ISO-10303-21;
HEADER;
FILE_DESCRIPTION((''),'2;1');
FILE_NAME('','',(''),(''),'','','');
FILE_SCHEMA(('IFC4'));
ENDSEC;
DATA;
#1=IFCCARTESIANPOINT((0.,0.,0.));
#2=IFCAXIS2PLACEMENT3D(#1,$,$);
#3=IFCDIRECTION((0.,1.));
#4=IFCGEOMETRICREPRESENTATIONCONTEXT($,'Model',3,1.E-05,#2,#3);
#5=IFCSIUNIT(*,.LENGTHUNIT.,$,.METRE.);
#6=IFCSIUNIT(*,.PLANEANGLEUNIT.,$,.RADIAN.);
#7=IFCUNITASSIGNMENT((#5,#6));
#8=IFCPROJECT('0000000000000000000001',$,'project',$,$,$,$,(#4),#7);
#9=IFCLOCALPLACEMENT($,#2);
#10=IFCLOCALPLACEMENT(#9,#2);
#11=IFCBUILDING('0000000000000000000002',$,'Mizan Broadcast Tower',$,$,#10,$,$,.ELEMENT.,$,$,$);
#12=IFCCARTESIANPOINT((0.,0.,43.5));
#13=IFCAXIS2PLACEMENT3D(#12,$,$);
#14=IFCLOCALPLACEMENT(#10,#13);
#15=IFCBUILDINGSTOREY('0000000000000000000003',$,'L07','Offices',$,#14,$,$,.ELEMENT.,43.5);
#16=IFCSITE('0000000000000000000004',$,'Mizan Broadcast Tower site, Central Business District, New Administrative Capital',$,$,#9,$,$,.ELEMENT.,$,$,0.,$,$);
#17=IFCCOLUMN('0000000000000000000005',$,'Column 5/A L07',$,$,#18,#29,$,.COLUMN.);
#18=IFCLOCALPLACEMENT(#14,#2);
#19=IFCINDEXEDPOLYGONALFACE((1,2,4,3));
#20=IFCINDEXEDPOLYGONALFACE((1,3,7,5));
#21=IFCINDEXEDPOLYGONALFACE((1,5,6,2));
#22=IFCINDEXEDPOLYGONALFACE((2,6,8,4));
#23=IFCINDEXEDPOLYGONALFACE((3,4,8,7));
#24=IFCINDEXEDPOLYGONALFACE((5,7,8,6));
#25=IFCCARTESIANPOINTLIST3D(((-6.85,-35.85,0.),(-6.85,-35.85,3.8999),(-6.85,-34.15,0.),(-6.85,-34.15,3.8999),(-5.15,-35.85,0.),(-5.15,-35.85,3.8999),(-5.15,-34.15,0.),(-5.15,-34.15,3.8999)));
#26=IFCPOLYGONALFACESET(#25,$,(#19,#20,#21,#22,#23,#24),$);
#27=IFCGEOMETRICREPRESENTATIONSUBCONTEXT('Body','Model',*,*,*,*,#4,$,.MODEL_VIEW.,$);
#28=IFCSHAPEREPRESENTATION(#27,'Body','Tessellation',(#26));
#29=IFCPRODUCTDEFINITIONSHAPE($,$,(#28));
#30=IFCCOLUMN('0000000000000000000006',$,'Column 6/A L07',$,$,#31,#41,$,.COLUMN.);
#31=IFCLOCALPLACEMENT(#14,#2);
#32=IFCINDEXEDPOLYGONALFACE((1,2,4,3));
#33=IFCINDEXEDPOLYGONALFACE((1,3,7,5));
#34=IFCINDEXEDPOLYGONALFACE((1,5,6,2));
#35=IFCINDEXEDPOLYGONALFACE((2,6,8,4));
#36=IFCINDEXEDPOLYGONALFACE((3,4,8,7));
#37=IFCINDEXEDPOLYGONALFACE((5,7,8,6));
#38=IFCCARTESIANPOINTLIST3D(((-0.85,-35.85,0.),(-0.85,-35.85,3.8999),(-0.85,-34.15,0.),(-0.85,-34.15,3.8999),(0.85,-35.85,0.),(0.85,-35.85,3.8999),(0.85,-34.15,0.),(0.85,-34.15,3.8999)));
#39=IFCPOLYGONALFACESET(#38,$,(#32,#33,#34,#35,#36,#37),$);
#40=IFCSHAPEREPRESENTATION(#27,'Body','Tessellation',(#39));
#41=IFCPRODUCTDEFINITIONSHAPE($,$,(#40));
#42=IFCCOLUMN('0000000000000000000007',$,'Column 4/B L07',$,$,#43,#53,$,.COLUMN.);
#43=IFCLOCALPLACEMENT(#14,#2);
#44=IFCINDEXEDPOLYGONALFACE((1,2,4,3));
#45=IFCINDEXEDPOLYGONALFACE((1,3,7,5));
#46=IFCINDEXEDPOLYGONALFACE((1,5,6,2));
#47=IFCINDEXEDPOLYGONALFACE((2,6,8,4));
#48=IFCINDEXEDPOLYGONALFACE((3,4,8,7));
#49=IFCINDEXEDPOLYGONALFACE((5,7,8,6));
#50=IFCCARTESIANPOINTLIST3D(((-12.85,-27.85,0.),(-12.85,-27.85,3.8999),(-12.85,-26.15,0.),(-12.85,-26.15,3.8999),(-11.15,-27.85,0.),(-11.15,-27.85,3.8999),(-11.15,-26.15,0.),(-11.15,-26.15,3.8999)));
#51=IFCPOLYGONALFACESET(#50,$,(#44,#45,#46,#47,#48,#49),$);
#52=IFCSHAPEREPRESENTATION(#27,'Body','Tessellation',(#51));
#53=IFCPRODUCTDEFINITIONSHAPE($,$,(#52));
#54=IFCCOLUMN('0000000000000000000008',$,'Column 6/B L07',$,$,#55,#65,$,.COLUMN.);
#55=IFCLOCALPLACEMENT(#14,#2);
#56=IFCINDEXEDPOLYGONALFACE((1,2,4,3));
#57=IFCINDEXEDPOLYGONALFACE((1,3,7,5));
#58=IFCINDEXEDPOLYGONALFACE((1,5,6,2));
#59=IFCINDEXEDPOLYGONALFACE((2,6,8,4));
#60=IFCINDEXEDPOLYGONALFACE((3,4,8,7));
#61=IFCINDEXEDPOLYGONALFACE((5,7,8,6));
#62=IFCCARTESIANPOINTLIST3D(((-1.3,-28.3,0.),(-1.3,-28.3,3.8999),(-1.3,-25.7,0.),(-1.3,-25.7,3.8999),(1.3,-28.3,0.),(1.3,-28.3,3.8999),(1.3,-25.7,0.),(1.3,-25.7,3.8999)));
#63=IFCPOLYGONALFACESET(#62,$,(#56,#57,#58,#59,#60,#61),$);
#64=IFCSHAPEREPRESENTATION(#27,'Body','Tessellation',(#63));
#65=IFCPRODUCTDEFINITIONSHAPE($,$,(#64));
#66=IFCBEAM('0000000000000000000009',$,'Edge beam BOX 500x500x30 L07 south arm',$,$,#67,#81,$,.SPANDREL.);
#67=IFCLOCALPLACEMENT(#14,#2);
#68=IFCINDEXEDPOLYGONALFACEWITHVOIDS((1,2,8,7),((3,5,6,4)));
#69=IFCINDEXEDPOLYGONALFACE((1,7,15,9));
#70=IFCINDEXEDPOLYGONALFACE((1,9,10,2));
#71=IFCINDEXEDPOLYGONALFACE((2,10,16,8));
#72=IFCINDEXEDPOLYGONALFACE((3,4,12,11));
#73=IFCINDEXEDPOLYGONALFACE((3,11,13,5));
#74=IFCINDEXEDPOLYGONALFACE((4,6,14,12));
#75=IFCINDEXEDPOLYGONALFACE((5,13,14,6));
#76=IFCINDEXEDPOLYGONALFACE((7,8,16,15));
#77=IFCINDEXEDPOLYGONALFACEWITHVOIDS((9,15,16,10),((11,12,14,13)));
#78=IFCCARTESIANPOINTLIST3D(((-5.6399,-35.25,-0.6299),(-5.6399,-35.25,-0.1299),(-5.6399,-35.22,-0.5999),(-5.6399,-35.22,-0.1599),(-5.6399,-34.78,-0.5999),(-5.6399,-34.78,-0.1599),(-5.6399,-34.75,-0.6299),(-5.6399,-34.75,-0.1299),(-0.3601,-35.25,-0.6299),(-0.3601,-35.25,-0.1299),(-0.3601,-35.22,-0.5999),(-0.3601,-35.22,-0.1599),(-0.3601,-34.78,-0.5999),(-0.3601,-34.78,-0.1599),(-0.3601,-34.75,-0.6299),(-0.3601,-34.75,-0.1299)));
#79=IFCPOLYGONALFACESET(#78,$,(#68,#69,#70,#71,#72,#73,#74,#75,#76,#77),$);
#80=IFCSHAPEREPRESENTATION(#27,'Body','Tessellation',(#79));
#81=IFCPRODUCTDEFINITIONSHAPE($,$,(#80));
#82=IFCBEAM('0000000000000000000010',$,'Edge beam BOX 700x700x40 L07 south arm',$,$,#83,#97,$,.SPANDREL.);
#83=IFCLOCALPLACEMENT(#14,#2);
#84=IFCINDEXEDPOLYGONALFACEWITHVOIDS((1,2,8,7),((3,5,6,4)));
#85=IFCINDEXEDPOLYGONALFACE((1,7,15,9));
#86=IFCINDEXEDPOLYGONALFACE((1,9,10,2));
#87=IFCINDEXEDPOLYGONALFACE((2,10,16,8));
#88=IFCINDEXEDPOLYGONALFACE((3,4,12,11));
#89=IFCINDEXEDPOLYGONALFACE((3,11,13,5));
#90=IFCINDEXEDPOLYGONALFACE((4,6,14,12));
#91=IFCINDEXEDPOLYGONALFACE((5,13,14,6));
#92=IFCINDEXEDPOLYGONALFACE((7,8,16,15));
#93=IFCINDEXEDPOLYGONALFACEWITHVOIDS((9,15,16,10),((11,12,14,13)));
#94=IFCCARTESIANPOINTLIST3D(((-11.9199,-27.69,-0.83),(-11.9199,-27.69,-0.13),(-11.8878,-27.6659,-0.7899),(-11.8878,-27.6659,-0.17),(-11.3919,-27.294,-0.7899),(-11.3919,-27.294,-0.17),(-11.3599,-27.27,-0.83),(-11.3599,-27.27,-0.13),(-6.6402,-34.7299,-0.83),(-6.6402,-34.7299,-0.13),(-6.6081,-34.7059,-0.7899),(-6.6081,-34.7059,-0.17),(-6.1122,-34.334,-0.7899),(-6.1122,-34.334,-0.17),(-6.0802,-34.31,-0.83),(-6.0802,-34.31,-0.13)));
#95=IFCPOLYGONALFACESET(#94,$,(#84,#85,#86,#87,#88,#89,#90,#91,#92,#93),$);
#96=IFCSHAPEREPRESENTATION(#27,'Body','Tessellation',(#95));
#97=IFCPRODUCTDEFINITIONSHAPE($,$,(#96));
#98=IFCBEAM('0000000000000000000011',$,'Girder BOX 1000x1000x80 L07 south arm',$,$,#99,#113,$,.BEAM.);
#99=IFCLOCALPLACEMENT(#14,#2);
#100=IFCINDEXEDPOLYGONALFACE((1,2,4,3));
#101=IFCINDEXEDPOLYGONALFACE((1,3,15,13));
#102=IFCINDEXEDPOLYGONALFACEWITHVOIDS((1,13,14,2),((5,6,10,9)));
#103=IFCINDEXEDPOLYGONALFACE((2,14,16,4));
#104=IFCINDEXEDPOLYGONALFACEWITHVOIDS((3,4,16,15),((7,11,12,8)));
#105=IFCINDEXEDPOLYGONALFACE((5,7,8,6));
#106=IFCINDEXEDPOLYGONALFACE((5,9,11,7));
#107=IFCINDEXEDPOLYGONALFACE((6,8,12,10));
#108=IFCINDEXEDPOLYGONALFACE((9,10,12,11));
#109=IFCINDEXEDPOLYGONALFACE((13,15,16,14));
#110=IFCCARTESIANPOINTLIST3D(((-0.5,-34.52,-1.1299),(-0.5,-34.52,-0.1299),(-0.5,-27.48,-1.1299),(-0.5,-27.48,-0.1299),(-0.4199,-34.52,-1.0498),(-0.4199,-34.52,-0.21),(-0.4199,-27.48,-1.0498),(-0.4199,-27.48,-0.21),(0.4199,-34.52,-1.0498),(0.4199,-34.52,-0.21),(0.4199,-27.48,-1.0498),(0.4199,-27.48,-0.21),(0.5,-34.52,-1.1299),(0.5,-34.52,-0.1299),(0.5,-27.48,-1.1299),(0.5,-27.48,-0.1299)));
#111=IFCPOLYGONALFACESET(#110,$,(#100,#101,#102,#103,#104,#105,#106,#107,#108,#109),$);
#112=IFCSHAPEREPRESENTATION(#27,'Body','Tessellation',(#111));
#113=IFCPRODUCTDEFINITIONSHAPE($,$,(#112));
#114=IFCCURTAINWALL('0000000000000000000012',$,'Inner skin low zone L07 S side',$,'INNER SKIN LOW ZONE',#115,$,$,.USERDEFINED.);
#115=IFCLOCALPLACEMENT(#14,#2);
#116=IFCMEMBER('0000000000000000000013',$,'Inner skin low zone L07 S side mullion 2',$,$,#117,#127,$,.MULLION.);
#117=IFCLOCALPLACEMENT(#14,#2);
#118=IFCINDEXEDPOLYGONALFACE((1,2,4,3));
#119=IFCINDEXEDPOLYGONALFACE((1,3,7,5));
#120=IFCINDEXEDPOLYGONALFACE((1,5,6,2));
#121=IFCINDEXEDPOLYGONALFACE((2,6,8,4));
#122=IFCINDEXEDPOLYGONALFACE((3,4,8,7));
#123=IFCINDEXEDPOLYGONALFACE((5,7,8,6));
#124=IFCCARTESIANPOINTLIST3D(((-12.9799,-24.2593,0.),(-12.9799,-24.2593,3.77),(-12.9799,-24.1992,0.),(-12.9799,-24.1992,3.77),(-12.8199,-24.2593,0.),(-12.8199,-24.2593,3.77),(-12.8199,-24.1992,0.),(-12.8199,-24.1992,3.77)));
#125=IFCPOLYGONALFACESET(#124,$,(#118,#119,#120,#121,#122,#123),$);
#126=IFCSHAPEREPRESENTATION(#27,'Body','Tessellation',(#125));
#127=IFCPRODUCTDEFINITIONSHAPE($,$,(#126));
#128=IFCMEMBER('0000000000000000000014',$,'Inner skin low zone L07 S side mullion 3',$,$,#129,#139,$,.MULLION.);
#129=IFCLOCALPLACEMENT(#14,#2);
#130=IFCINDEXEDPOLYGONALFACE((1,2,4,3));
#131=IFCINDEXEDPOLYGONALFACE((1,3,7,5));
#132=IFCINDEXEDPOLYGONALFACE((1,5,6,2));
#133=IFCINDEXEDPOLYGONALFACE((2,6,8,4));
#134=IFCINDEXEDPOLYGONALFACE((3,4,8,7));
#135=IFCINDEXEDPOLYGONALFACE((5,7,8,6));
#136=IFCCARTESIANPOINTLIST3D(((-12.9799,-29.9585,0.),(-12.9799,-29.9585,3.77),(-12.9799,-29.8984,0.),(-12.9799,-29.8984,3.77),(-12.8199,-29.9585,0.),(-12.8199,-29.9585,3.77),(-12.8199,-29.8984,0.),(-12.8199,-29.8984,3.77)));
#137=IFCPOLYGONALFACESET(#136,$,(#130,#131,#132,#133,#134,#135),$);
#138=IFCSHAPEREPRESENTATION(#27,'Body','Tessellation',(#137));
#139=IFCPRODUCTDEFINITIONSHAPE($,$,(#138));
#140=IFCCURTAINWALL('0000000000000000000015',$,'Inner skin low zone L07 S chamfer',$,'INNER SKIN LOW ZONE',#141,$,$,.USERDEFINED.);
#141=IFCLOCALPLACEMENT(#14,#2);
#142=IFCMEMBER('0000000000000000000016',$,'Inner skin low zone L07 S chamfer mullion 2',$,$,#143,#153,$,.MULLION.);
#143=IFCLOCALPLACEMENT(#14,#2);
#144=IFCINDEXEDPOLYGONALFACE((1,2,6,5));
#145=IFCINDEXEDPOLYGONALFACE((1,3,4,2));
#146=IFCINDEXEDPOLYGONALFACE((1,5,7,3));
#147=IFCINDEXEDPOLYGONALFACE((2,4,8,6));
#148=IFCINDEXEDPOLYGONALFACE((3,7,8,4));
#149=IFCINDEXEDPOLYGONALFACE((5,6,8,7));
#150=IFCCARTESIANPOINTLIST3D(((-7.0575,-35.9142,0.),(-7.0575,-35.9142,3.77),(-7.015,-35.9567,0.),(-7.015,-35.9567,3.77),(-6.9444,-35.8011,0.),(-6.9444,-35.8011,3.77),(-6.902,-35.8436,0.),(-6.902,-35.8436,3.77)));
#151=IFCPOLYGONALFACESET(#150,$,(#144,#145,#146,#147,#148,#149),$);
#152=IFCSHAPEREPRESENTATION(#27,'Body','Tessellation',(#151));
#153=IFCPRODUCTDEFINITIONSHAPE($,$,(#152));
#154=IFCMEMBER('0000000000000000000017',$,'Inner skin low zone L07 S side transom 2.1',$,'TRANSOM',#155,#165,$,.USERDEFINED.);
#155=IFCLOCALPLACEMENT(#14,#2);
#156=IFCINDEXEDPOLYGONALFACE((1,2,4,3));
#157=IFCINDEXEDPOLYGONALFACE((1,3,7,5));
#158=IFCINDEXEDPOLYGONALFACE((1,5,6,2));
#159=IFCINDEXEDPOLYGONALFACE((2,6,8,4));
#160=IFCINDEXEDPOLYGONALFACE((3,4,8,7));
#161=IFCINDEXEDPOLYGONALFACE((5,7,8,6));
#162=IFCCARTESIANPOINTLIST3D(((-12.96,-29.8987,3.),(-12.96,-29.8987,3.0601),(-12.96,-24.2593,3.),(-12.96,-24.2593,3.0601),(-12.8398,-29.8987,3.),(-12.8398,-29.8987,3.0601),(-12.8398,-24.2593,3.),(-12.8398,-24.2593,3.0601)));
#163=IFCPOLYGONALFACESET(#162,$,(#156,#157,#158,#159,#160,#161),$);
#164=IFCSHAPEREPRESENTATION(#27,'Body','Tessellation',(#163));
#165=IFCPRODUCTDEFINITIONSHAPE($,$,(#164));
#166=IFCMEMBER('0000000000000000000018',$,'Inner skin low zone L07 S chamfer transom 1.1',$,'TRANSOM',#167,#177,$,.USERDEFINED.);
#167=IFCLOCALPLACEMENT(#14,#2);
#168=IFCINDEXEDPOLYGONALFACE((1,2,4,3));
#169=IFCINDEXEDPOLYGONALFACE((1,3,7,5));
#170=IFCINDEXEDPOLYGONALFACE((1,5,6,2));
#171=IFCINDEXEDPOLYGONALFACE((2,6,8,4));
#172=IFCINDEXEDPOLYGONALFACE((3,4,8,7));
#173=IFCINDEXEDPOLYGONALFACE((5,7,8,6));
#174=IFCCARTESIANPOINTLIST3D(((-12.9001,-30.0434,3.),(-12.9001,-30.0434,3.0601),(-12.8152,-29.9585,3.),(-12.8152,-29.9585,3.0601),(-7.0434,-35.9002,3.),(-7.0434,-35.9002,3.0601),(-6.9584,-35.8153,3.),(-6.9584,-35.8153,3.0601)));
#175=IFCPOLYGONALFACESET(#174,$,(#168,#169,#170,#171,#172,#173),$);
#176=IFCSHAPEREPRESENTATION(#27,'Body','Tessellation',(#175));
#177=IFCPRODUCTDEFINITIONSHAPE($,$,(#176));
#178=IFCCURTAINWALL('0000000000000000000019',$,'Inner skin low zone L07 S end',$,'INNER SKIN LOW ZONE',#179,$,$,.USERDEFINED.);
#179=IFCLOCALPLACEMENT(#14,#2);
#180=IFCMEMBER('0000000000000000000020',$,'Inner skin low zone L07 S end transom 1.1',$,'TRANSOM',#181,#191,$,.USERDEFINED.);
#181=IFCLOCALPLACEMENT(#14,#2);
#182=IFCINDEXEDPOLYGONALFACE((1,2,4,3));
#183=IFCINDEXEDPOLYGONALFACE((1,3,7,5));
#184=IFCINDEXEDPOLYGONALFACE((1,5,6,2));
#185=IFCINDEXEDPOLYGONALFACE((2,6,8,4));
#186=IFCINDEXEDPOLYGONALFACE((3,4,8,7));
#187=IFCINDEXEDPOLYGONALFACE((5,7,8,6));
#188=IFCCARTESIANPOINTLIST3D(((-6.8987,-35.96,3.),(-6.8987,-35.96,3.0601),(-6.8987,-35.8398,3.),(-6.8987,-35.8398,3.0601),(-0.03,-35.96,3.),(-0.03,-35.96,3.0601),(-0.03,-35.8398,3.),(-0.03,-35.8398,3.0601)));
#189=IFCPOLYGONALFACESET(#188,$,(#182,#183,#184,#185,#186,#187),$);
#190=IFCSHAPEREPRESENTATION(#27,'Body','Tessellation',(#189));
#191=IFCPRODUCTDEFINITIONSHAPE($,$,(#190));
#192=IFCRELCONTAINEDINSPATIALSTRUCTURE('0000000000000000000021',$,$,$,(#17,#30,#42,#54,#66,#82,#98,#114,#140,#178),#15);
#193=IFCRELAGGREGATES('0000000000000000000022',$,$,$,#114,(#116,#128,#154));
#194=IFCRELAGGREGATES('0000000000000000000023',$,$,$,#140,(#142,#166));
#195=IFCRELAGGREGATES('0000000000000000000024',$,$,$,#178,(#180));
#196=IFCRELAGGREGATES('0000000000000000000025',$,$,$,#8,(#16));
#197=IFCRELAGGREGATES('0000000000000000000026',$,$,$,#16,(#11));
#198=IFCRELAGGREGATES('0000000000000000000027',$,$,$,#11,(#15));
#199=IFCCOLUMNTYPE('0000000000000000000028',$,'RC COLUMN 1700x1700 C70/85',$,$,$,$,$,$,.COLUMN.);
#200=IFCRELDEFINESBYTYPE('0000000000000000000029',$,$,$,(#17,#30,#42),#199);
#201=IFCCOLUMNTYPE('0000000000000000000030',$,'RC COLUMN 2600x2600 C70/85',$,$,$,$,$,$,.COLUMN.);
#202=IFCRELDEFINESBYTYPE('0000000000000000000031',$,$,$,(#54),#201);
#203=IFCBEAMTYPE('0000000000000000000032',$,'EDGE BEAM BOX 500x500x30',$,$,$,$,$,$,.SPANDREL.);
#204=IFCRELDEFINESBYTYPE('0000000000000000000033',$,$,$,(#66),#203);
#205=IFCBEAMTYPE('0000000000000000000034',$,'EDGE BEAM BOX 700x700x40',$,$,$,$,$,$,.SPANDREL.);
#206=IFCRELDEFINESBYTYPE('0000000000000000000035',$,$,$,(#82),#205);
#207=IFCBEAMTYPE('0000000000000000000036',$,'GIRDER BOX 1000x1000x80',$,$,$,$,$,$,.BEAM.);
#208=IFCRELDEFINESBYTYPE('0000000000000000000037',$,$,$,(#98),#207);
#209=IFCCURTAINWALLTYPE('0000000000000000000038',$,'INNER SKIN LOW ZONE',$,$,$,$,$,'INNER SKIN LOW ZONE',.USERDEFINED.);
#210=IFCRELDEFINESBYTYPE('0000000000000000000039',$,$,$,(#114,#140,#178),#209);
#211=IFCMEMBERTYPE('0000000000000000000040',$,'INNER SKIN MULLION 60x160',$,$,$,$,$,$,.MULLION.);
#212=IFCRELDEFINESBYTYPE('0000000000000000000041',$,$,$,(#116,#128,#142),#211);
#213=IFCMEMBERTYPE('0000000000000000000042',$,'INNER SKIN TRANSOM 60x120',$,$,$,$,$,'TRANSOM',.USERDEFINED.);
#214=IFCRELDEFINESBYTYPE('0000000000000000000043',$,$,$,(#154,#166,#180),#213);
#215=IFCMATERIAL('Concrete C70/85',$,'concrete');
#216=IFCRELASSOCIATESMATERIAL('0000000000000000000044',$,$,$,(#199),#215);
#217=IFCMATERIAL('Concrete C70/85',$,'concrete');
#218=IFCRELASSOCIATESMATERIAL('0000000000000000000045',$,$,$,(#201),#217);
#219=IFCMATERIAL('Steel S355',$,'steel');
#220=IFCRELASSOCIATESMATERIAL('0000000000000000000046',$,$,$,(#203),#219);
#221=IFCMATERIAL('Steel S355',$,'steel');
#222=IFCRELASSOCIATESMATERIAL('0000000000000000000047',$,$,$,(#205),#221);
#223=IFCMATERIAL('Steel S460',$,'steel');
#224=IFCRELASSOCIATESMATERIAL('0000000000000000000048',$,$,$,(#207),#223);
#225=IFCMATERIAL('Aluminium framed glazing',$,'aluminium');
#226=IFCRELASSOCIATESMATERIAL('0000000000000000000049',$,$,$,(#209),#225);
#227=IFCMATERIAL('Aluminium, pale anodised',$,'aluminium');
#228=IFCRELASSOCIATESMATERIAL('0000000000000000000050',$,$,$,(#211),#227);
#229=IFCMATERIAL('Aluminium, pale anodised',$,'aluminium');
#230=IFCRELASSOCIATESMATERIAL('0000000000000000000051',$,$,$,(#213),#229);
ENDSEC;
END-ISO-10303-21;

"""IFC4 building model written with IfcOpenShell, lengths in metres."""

from ifc_helpers import new_model, si_unit, direction, frame, origin, origin_2d, place, context, subcontext, project, spatial, rectangle, hollow_rectangle, extrude, material, material_profile, profile_set, type_object, element, aggregate, save


model = new_model("IFC4")

# Units and contexts
model_context = context("Model", 3, precision=1e-05, world=origin(), true_north=direction((0.0, 1.0)))
body_context = subcontext(model_context, "Body", "Model", "MODEL_VIEW")
ifc_project = project(units=[si_unit("LENGTHUNIT", "METRE"), si_unit("PLANEANGLEUNIT", "RADIAN")], contexts=[model_context])

# Site, building, storey
site_placement = place(None, origin())
site = spatial("IfcSite", under=ifc_project, at=site_placement, Name="Mizan Broadcast Tower site, Central Business District, New Administrative Capital", CompositionType="ELEMENT", RefElevation=0.0)
building_placement = place(site_placement, origin())
building = spatial("IfcBuilding", under=site, at=building_placement, Name="Mizan Broadcast Tower", CompositionType="ELEMENT")
storey_placement = place(building_placement, frame((0.0, 0.0, 43.5)))
storey = spatial("IfcBuildingStorey", under=building, at=storey_placement, Name="L07", Description="Offices", CompositionType="ELEMENT", Elevation=43.5)

# Columns
ifc_material_1 = material(Name="Concrete C70/85", Category="concrete")
ifc_material_profile_1 = material_profile(ifc_material_1, rectangle(XDim=1.7, YDim=1.7, at=origin_2d()), Name="RC 1700x1700")
ifc_profile_set_1 = profile_set([ifc_material_profile_1], Name="Concrete C70/85")
column_type_1 = type_object("IfcColumnType", Name="RC COLUMN 1700x1700 C70/85", PredefinedType="COLUMN", material=ifc_profile_set_1)
for number, where, z_axis, x_axis, name in (
    (1, (-6.0, -35.0, 0.0), (0.0, 0.0, 1.0), (1.0, 0.0, 0.0), "Column 5/A L07"),
    (2, (0.0, -35.0, 0.0), (0.0, 0.0, 1.0), (1.0, 0.0, 0.0), "Column 6/A L07"),
    (3, (-12.0, -27.0, 0.0), (0.0, 0.0, 1.0), (1.0, 0.0, 0.0), "Column 4/B L07"),
):
    element("IfcColumn", number, at=place(storey_placement, frame(where, z_axis=z_axis, x_axis=x_axis)), inside=storey, type_object=column_type_1, Name=name, PredefinedType="COLUMN", context=body_context, shape_type="SweptSolid", body=[
        extrude(rectangle(XDim=1.7, YDim=1.7, at=origin_2d()), origin(), (0.0, 0.0, 1.0), 3.8999),
    ])
ifc_material_2 = material(Name="Concrete C70/85", Category="concrete")
ifc_material_profile_2 = material_profile(ifc_material_2, rectangle(XDim=2.6001, YDim=2.6001, at=origin_2d()), Name="RC 2600x2600")
ifc_profile_set_2 = profile_set([ifc_material_profile_2], Name="Concrete C70/85")
column_type_2 = type_object("IfcColumnType", Name="RC COLUMN 2600x2600 C70/85", PredefinedType="COLUMN", material=ifc_profile_set_2)
column_placement = place(storey_placement, frame((0.0, -27.0, 0.0), z_axis=(0.0, 0.0, 1.0), x_axis=(1.0, 0.0, 0.0)))
element("IfcColumn", 4, at=column_placement, inside=storey, type_object=column_type_2, Name="Column 6/B L07", PredefinedType="COLUMN", context=body_context, shape_type="SweptSolid", body=[
    extrude(rectangle(XDim=2.6001, YDim=2.6001, at=origin_2d()), origin(), (0.0, 0.0, 1.0), 3.8999),
])

# Beams
ifc_material_3 = material(Name="Steel S355", Category="steel")
ifc_material_profile_3 = material_profile(ifc_material_3, hollow_rectangle(XDim=0.5, YDim=0.5, WallThickness=0.03, at=origin_2d()), Name="BOX 500x500x30")
ifc_profile_set_3 = profile_set([ifc_material_profile_3], Name="Steel S355")
beam_type_1 = type_object("IfcBeamType", Name="EDGE BEAM BOX 500x500x30", PredefinedType="SPANDREL", material=ifc_profile_set_3)
beam_1_placement = place(storey_placement, frame((-5.6399, -35.0, -0.3799), z_axis=(1.0, 0.0, 0.0), x_axis=(0.0, 1.0, 0.0)))
element("IfcBeam", 5, at=beam_1_placement, inside=storey, type_object=beam_type_1, Name="Edge beam BOX 500x500x30 L07 south arm", PredefinedType="SPANDREL", context=body_context, shape_type="SweptSolid", body=[
    extrude(hollow_rectangle(XDim=0.5, YDim=0.5, WallThickness=0.03, at=origin_2d()), origin(), (0.0, 0.0, 1.0), 5.2798),
])
ifc_material_4 = material(Name="Steel S355", Category="steel")
ifc_material_profile_4 = material_profile(ifc_material_4, hollow_rectangle(XDim=0.7, YDim=0.7, WallThickness=0.04, at=origin_2d()), Name="BOX 700x700x40")
ifc_profile_set_4 = profile_set([ifc_material_profile_4], Name="Steel S355")
beam_type_2 = type_object("IfcBeamType", Name="EDGE BEAM BOX 700x700x40", PredefinedType="SPANDREL", material=ifc_profile_set_4)
beam_2_placement = place(storey_placement, frame((-11.6399, -27.48, -0.48), z_axis=(0.599982, -0.800013, 0.0), x_axis=(0.800013, 0.599982, 0.0)))
element("IfcBeam", 6, at=beam_2_placement, inside=storey, type_object=beam_type_2, Name="Edge beam BOX 700x700x40 L07 south arm", PredefinedType="SPANDREL", context=body_context, shape_type="SweptSolid", body=[
    extrude(hollow_rectangle(XDim=0.7, YDim=0.7, WallThickness=0.04, at=origin_2d()), origin(), (0.0, 0.0, 1.0), 8.7998),
])
ifc_material_5 = material(Name="Steel S460", Category="steel")
ifc_material_profile_5 = material_profile(ifc_material_5, hollow_rectangle(XDim=1.0, YDim=1.0, WallThickness=0.0801, at=origin_2d()), Name="BOX 1000x1000x80")
ifc_profile_set_5 = profile_set([ifc_material_profile_5], Name="Steel S460")
beam_type_3 = type_object("IfcBeamType", Name="GIRDER BOX 1000x1000x80", PredefinedType="BEAM", material=ifc_profile_set_5)
beam_3_placement = place(storey_placement, frame((0.0, -27.48, -0.6299), z_axis=(0.0, -1.0, 0.0), x_axis=(1.0, 0.0, 0.0)))
element("IfcBeam", 7, at=beam_3_placement, inside=storey, type_object=beam_type_3, Name="Girder BOX 1000x1000x80 L07 south arm", PredefinedType="BEAM", context=body_context, shape_type="SweptSolid", body=[
    extrude(hollow_rectangle(XDim=1.0, YDim=1.0, WallThickness=0.0801, at=origin_2d()), origin(), (0.0, 0.0, 1.0), 7.04),
])

# Curtain wall, members
ifc_material_6 = material(Name="Aluminium framed glazing", Category="aluminium")
curtain_wall_type_1 = type_object("IfcCurtainWallType", Name="INNER SKIN LOW ZONE", ElementType="INNER SKIN LOW ZONE", PredefinedType="USERDEFINED", material=ifc_material_6)
curtain_wall_1_placement = place(storey_placement, origin())
curtain_wall_1 = element("IfcCurtainWall", 8, at=curtain_wall_1_placement, inside=storey, type_object=curtain_wall_type_1, Name="Inner skin low zone L07 S side", ObjectType="INNER SKIN LOW ZONE", PredefinedType="USERDEFINED")
ifc_material_7 = material(Name="Aluminium, pale anodised", Category="aluminium")
ifc_material_profile_6 = material_profile(ifc_material_7, rectangle(XDim=0.1599, YDim=0.0601, at=origin_2d()), Name="MULLION 160x60")
ifc_profile_set_6 = profile_set([ifc_material_profile_6], Name="Aluminium, pale anodised")
member_type_1 = type_object("IfcMemberType", Name="INNER SKIN MULLION 60x160", PredefinedType="MULLION", material=ifc_profile_set_6)
member_1_placement = place(storey_placement, frame((-12.8999, -24.2292, 0.0), z_axis=(0.0, 0.0, 1.0), x_axis=(1.0, 0.0, 0.0)))
member_1 = element("IfcMember", 9, at=member_1_placement, type_object=member_type_1, Name="Inner skin low zone L07 S side mullion 2", PredefinedType="MULLION", context=body_context, shape_type="SweptSolid", body=[
    extrude(rectangle(XDim=0.1599, YDim=0.0601, at=origin_2d()), origin(), (0.0, 0.0, 1.0), 3.77),
])
member_2_placement = place(storey_placement, frame((-12.8999, -29.9285, 0.0), z_axis=(0.0, 0.0, 1.0), x_axis=(1.0, 0.0, 0.0)))
member_2 = element("IfcMember", 10, at=member_2_placement, type_object=member_type_1, Name="Inner skin low zone L07 S side mullion 3", PredefinedType="MULLION", context=body_context, shape_type="SweptSolid", body=[
    extrude(rectangle(XDim=0.1599, YDim=0.0601, at=origin_2d()), origin(), (0.0, 0.0, 1.0), 3.77),
])

# Curtain wall, member
curtain_wall_2_placement = place(storey_placement, origin())
curtain_wall_2 = element("IfcCurtainWall", 11, at=curtain_wall_2_placement, inside=storey, type_object=curtain_wall_type_1, Name="Inner skin low zone L07 S chamfer", ObjectType="INNER SKIN LOW ZONE", PredefinedType="USERDEFINED")
member_3_placement = place(storey_placement, frame((-6.9797, -35.8789, 0.0), z_axis=(0.0, 0.0, 1.0), x_axis=(0.707107, 0.707107, 0.0)))
member_3 = element("IfcMember", 12, at=member_3_placement, type_object=member_type_1, Name="Inner skin low zone L07 S chamfer mullion 2", PredefinedType="MULLION", context=body_context, shape_type="SweptSolid", body=[
    extrude(rectangle(XDim=0.1599, YDim=0.0601, at=origin_2d()), origin(), (0.0, 0.0, 1.0), 3.77),
])

# Members
ifc_material_8 = material(Name="Aluminium, pale anodised", Category="aluminium")
ifc_material_profile_7 = material_profile(ifc_material_8, rectangle(XDim=0.1201, YDim=0.0601, at=origin_2d()), Name="TRANSOM 120x60")
ifc_profile_set_7 = profile_set([ifc_material_profile_7], Name="Aluminium, pale anodised")
member_type_2 = type_object("IfcMemberType", Name="INNER SKIN TRANSOM 60x120", ElementType="TRANSOM", PredefinedType="USERDEFINED", material=ifc_profile_set_7)
member_4_placement = place(storey_placement, frame((-12.8999, -24.2593, 3.03), z_axis=(0.0, -1.0, 0.0), x_axis=(1.0, 0.0, 0.0)))
member_4 = element("IfcMember", 13, at=member_4_placement, type_object=member_type_2, Name="Inner skin low zone L07 S side transom 2.1", ObjectType="TRANSOM", PredefinedType="USERDEFINED", context=body_context, shape_type="SweptSolid", body=[
    extrude(rectangle(XDim=0.1201, YDim=0.0601, at=origin_2d()), origin(), (0.0, 0.0, 1.0), 5.6394),
])
member_5_placement = place(storey_placement, frame((-12.8577, -30.001, 3.03), z_axis=(0.707107, -0.707107, 0.0), x_axis=(0.707107, 0.707107, 0.0)))
member_5 = element("IfcMember", 14, at=member_5_placement, type_object=member_type_2, Name="Inner skin low zone L07 S chamfer transom 1.1", ObjectType="TRANSOM", PredefinedType="USERDEFINED", context=body_context, shape_type="SweptSolid", body=[
    extrude(rectangle(XDim=0.1201, YDim=0.0601, at=origin_2d()), origin(), (0.0, 0.0, 1.0), 8.2827),
])

# Curtain wall, member
curtain_wall_3_placement = place(storey_placement, origin())
curtain_wall_3 = element("IfcCurtainWall", 15, at=curtain_wall_3_placement, inside=storey, type_object=curtain_wall_type_1, Name="Inner skin low zone L07 S end", ObjectType="INNER SKIN LOW ZONE", PredefinedType="USERDEFINED")
member_6_placement = place(storey_placement, frame((-6.8987, -35.8999, 3.03), z_axis=(1.0, 0.0, 0.0), x_axis=(0.0, 1.0, 0.0)))
member_6 = element("IfcMember", 16, at=member_6_placement, type_object=member_type_2, Name="Inner skin low zone L07 S end transom 1.1", ObjectType="TRANSOM", PredefinedType="USERDEFINED", context=body_context, shape_type="SweptSolid", body=[
    extrude(rectangle(XDim=0.1201, YDim=0.0601, at=origin_2d()), origin(), (0.0, 0.0, 1.0), 6.8687),
])

aggregate(curtain_wall_1, [member_1, member_2, member_4])
aggregate(curtain_wall_2, [member_3, member_5])
aggregate(curtain_wall_3, [member_6])

save(model, "model.ifc")
